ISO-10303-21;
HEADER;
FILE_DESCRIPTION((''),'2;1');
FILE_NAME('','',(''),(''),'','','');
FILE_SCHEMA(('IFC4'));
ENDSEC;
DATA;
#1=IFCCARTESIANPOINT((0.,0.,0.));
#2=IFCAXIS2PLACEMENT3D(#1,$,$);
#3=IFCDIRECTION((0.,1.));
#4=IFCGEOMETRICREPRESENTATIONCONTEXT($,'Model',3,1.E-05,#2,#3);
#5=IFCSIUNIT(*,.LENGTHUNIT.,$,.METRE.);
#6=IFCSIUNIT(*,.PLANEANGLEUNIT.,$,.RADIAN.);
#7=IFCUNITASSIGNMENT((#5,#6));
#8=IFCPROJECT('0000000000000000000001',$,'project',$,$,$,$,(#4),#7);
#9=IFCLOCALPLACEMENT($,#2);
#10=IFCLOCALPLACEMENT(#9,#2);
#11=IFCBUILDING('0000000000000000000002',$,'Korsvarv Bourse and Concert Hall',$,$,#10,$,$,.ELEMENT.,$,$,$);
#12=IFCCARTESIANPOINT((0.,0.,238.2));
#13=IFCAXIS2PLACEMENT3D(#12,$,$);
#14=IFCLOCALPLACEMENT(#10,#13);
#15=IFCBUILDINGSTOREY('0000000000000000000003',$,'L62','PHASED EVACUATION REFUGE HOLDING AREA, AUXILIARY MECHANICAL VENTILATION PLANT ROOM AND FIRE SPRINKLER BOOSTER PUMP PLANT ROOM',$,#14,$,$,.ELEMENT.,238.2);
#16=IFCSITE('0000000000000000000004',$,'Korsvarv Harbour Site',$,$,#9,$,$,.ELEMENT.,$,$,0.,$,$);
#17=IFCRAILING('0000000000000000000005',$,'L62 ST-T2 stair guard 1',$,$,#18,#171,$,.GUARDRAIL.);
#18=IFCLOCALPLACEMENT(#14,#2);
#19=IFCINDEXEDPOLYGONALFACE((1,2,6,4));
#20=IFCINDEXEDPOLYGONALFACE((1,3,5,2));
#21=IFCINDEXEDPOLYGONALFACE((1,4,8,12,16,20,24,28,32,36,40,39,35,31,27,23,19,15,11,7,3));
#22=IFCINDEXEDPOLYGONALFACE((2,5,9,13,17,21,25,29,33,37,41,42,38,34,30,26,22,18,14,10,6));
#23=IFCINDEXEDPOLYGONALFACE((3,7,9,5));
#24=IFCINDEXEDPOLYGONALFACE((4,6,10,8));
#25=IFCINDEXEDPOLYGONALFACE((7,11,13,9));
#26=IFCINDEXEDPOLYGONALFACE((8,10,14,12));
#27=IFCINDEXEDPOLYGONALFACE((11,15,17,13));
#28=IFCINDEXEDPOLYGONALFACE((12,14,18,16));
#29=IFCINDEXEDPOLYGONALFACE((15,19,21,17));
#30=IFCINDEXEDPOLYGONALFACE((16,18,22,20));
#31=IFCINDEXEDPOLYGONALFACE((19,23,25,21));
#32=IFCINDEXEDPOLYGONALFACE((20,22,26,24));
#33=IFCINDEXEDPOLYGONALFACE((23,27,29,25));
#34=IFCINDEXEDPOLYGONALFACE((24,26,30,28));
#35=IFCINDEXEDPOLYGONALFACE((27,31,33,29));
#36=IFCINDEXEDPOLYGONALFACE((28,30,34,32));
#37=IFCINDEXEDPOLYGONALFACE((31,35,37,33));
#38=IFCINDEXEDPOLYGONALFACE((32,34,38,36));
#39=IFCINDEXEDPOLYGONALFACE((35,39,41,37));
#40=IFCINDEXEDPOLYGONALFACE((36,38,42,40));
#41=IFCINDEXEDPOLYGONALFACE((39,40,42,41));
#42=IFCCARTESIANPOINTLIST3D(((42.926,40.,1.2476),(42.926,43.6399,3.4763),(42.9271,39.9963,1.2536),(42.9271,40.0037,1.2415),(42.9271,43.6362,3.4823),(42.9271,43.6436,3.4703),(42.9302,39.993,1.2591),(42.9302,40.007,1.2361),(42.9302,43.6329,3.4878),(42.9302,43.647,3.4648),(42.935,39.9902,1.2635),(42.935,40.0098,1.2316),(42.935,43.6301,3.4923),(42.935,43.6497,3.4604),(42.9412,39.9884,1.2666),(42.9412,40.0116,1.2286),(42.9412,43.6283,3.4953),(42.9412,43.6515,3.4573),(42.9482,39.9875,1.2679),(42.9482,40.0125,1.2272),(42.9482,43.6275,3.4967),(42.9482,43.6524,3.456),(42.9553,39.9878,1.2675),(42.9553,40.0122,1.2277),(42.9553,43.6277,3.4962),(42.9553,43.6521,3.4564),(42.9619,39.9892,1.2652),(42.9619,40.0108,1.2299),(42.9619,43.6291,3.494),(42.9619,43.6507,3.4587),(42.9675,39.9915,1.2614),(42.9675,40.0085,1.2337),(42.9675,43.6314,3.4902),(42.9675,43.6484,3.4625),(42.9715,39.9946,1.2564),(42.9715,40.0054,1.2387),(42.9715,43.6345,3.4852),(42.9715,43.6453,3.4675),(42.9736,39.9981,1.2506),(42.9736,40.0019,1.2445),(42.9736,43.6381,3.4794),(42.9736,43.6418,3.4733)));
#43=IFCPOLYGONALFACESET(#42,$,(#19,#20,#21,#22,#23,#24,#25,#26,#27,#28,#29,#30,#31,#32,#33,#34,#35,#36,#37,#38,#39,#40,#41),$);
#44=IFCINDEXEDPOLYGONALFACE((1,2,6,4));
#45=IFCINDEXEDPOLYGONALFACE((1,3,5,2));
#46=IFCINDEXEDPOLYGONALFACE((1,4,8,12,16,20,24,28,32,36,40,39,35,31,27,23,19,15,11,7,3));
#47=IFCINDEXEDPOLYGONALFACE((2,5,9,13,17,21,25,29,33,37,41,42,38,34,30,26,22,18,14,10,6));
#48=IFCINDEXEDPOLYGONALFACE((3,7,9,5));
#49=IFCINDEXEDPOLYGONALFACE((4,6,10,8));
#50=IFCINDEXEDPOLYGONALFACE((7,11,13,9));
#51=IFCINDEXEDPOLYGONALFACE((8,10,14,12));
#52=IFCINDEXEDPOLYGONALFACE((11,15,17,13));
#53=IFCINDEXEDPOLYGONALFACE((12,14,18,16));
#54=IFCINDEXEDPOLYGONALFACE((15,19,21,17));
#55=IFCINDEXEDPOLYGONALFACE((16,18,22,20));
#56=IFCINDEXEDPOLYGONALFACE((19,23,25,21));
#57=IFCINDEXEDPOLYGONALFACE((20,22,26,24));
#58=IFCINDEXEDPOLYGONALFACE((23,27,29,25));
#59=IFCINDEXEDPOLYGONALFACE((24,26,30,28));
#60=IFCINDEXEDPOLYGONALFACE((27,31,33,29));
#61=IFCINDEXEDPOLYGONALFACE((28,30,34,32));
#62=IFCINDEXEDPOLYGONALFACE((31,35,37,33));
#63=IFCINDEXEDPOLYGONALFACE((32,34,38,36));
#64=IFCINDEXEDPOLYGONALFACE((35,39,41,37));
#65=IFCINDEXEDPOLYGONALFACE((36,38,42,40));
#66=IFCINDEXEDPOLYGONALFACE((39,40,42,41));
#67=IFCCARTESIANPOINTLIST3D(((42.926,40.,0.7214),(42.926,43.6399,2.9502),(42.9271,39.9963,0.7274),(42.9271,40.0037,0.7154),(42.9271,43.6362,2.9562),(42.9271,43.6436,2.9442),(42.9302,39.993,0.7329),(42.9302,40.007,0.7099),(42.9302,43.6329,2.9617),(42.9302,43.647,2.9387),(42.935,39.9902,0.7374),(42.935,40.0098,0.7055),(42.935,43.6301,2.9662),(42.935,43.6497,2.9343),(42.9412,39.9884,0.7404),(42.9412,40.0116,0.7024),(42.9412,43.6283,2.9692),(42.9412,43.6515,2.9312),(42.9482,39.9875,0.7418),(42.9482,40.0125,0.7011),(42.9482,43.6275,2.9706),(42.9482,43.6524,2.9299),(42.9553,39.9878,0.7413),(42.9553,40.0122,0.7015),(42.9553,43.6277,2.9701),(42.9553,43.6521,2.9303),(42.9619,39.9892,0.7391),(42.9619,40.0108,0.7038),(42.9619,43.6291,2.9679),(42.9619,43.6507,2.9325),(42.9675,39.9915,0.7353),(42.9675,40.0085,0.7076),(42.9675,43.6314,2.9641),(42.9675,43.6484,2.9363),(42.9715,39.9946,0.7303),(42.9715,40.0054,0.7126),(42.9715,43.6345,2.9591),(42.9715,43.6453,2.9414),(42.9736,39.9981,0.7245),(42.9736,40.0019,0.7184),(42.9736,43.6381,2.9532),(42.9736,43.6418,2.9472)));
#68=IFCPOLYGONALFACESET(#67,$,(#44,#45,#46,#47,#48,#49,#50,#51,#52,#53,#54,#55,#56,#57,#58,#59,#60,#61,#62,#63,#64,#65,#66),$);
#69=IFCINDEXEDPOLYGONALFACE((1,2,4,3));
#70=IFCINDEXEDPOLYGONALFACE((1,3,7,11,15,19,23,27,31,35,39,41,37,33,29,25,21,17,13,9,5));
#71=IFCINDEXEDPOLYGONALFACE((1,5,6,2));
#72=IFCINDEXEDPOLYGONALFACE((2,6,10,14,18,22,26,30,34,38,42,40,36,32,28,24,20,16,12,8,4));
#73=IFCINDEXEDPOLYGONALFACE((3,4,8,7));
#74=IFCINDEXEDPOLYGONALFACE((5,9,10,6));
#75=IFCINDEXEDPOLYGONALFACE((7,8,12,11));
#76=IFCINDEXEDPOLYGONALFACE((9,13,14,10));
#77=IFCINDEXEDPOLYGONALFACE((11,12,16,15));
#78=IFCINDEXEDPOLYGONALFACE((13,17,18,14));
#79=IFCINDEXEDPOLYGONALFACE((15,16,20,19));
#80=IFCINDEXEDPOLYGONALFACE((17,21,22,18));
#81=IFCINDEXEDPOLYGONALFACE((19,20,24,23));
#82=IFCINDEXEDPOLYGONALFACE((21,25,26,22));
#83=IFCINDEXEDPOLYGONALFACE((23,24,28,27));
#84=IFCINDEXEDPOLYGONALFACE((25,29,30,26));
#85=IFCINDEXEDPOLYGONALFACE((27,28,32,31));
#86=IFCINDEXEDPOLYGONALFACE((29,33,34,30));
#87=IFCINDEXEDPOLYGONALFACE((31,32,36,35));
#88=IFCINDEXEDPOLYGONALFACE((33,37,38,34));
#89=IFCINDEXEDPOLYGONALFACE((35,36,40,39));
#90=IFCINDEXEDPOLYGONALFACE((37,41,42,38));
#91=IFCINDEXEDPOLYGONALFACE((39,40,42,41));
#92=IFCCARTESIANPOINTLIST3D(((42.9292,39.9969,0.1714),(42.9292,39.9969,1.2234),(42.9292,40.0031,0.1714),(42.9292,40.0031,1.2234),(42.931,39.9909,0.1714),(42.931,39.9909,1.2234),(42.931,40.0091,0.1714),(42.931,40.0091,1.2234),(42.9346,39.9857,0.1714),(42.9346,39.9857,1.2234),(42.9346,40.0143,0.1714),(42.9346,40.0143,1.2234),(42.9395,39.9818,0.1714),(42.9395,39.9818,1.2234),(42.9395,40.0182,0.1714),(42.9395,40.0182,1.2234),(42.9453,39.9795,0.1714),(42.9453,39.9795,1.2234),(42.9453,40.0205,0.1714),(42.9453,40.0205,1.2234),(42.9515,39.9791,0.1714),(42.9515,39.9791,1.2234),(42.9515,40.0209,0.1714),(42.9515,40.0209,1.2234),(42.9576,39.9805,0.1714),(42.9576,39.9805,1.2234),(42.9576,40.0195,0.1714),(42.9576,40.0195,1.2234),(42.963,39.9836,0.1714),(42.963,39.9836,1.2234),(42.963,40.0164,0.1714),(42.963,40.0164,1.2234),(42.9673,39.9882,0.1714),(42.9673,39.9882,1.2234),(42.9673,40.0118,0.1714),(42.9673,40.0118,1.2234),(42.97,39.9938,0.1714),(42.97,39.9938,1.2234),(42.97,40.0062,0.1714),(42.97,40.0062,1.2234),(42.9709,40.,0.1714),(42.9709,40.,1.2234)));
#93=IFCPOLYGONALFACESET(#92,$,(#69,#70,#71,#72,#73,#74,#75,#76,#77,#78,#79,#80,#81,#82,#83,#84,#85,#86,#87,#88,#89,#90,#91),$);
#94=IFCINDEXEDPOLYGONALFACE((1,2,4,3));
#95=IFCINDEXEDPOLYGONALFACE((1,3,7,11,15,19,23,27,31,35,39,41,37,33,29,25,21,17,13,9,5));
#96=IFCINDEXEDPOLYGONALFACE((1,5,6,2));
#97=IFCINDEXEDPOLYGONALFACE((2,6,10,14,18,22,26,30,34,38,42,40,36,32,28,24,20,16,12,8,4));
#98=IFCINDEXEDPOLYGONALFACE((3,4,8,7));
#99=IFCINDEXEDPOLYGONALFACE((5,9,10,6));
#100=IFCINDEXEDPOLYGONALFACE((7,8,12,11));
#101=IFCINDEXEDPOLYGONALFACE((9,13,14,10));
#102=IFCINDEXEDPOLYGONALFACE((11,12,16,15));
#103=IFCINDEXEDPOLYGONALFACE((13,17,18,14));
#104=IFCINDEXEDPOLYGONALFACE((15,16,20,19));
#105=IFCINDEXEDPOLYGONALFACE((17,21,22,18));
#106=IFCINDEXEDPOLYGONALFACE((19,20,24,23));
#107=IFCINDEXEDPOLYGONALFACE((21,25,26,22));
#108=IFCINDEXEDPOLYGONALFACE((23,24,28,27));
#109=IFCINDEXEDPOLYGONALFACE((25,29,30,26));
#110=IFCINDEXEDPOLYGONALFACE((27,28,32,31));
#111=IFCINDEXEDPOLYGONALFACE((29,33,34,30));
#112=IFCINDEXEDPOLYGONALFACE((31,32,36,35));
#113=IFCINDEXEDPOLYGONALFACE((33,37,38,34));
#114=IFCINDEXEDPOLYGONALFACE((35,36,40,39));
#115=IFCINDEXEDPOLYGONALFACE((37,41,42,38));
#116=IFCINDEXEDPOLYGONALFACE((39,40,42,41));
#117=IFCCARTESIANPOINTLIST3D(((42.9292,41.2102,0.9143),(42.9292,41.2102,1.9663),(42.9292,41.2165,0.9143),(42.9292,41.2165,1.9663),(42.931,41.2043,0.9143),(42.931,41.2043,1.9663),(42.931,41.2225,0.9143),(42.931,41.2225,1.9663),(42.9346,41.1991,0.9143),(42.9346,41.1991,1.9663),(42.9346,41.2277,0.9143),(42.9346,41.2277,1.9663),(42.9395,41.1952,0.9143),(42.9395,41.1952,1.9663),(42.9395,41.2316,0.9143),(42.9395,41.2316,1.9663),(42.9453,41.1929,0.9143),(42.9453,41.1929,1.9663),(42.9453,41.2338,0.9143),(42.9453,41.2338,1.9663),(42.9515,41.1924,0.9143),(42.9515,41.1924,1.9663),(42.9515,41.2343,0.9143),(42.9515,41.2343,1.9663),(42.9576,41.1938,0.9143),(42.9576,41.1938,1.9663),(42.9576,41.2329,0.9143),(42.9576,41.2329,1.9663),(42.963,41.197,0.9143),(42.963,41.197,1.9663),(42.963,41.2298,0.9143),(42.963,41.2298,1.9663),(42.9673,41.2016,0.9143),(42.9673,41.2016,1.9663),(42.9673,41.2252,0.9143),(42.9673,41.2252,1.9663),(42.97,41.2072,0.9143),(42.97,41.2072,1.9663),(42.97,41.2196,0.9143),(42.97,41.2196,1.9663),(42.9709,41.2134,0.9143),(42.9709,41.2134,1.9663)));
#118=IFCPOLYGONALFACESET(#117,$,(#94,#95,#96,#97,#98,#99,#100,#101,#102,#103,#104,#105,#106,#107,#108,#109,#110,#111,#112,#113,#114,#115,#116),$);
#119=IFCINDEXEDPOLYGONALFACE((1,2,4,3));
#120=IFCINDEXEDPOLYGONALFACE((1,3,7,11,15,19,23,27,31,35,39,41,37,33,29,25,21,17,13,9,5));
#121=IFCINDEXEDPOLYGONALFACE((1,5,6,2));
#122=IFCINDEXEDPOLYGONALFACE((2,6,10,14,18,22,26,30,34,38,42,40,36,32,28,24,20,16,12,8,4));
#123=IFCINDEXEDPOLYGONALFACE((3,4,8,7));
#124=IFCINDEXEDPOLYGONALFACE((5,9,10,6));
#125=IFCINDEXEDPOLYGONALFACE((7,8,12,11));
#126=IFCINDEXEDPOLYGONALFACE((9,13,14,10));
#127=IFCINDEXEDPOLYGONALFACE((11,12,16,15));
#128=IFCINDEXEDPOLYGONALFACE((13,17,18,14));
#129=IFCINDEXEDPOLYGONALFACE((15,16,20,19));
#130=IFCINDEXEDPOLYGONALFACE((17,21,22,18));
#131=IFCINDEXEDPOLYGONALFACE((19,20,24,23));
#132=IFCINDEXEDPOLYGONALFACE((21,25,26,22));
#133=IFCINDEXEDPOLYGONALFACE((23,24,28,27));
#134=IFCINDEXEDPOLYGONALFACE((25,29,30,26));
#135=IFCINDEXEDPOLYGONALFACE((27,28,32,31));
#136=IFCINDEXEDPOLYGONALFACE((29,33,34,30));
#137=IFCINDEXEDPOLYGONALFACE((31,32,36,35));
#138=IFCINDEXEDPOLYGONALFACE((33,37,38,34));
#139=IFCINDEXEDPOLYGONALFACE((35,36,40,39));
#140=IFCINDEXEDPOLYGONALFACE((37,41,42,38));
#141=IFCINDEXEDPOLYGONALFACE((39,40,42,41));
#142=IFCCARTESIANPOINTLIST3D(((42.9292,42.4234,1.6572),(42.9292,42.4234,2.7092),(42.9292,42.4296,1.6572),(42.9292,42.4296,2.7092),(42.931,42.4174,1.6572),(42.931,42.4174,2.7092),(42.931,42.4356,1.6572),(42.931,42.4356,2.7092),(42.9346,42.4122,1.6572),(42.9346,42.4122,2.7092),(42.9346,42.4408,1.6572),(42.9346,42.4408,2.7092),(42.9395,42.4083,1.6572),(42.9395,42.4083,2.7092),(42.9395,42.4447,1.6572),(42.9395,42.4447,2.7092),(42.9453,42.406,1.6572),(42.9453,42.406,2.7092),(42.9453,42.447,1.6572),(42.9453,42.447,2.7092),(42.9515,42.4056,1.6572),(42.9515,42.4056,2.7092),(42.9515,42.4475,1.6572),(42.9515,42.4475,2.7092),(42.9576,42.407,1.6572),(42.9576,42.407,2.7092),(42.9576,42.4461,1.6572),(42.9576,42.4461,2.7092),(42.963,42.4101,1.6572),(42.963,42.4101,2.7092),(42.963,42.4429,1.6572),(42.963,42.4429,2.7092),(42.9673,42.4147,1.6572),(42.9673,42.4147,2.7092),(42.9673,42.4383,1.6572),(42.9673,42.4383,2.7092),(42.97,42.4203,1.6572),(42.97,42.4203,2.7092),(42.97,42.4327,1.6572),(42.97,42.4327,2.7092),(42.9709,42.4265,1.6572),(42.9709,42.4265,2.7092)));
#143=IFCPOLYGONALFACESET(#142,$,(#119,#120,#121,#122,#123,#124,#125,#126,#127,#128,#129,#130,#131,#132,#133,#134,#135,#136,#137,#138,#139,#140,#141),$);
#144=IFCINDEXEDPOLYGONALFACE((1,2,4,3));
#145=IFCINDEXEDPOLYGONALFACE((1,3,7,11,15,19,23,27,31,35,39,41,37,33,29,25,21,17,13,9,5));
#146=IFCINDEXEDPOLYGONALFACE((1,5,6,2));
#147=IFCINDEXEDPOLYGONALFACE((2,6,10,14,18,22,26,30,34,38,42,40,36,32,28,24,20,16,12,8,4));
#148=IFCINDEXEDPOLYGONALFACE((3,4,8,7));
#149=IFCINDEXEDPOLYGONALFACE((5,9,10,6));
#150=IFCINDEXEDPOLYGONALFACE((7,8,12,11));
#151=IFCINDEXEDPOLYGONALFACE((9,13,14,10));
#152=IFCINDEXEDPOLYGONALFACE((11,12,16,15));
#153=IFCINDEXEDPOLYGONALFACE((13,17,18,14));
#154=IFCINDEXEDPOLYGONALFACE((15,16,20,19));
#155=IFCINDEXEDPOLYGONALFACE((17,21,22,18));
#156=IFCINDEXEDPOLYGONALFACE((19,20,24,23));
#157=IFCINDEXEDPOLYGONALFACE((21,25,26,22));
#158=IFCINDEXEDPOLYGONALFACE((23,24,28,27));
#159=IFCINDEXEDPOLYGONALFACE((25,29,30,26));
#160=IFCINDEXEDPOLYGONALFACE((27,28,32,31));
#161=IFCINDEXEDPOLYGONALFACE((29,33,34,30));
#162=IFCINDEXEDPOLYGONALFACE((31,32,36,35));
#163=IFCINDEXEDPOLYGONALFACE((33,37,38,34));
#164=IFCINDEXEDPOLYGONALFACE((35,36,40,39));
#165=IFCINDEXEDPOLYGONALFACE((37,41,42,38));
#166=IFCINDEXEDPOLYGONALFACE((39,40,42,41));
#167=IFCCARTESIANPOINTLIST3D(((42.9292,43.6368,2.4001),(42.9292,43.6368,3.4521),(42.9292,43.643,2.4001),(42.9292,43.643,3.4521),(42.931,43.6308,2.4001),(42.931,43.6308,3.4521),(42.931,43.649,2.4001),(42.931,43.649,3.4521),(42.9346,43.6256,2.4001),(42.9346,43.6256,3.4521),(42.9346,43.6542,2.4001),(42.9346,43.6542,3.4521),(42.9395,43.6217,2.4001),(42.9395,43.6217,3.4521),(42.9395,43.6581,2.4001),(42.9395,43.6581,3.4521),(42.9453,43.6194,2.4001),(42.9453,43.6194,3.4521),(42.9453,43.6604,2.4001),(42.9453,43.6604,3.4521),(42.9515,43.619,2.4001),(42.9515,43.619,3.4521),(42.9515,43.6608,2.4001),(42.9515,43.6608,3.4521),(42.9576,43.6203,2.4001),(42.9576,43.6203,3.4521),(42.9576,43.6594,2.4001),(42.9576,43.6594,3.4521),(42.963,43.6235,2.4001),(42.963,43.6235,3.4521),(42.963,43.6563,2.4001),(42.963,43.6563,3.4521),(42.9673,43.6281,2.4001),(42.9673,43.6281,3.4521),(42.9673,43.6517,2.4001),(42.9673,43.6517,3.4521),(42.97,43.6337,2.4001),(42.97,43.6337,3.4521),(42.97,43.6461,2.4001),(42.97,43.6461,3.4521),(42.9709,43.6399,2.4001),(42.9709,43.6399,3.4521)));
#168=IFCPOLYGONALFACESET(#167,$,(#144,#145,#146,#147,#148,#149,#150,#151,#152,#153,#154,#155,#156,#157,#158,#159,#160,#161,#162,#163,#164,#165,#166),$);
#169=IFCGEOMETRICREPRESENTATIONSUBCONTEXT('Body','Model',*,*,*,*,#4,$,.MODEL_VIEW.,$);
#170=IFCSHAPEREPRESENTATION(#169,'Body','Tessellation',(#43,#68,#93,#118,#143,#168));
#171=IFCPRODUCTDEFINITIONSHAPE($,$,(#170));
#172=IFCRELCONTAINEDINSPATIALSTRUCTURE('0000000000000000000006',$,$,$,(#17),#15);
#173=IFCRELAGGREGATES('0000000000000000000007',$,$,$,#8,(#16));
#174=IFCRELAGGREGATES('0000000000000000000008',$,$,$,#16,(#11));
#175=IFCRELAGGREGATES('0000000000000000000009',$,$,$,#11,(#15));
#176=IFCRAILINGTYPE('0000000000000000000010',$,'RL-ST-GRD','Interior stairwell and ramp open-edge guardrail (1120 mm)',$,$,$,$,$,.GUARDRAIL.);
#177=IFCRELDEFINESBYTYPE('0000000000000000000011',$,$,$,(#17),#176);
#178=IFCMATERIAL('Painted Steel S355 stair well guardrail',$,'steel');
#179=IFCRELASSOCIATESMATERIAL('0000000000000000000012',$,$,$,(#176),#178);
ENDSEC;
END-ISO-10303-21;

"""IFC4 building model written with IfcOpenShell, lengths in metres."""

from ifc_helpers import new_model, si_unit, direction, frame, origin, origin_2d, place, context, subcontext, project, spatial, circle, extrude, material, type_object, element, save


model = new_model("IFC4")

# Units and contexts
model_context = context("Model", 3, precision=1e-05, world=origin(), true_north=direction((0.0, 1.0)))
body_context = subcontext(model_context, "Body", "Model", "MODEL_VIEW")
ifc_project = project(units=[si_unit("LENGTHUNIT", "METRE"), si_unit("PLANEANGLEUNIT", "RADIAN")], contexts=[model_context])

# Site, building, storey
site_placement = place(None, origin())
site = spatial("IfcSite", under=ifc_project, at=site_placement, Name="Korsvarv Harbour Site", CompositionType="ELEMENT", RefElevation=0.0)
building_placement = place(site_placement, origin())
building = spatial("IfcBuilding", under=site, at=building_placement, Name="Korsvarv Bourse and Concert Hall", CompositionType="ELEMENT")
storey_placement = place(building_placement, frame((0.0, 0.0, 238.2)))
storey = spatial("IfcBuildingStorey", under=building, at=storey_placement, Name="L62", Description="PHASED EVACUATION REFUGE HOLDING AREA, AUXILIARY MECHANICAL VENTILATION PLANT ROOM AND FIRE SPRINKLER BOOSTER PUMP PLANT ROOM", CompositionType="ELEMENT", Elevation=238.2)

# Railing
ifc_material_1 = material(Name="Painted Steel S355 stair well guardrail", Category="steel")
railing_type_1 = type_object("IfcRailingType", Name="RL-ST-GRD", Description="Interior stairwell and ramp open-edge guardrail (1120 mm)", PredefinedType="GUARDRAIL", material=ifc_material_1)
railing_1_placement = place(storey_placement, frame((42.95, 40.0, 0.1714)))
element("IfcRailing", 1, at=railing_1_placement, inside=storey, type_object=railing_type_1, Name="L62 ST-T2 stair guard 1", PredefinedType="GUARDRAIL", context=body_context, shape_type="SweptSolid", body=[
    extrude(circle(Radius=0.0239, at=origin_2d()), frame((0.0, 0.0, 1.0762), z_axis=(0.0, 0.852825, 0.522197), x_axis=(-1.0, 0.0, 0.0)), (0.0, 0.0, 1.0), 4.2681),
    extrude(circle(Radius=0.0239, at=origin_2d()), frame((0.0, 0.0, 0.55), z_axis=(0.0, 0.852825, 0.522197), x_axis=(-1.0, 0.0, 0.0)), (0.0, 0.0, 1.0), 4.2681),
    extrude(circle(Radius=0.021, at=origin_2d()), origin(), (0.0, 0.0, 1.0), 1.052),
    extrude(circle(Radius=0.021, at=origin_2d()), frame((0.0, 1.2134, 0.7429)), (0.0, 0.0, 1.0), 1.052),
    extrude(circle(Radius=0.021, at=origin_2d()), frame((0.0, 2.4265, 1.4858)), (0.0, 0.0, 1.0), 1.052),
    extrude(circle(Radius=0.021, at=origin_2d()), frame((0.0, 3.6399, 2.2288)), (0.0, 0.0, 1.0), 1.052),
])

save(model, "model.ifc")
